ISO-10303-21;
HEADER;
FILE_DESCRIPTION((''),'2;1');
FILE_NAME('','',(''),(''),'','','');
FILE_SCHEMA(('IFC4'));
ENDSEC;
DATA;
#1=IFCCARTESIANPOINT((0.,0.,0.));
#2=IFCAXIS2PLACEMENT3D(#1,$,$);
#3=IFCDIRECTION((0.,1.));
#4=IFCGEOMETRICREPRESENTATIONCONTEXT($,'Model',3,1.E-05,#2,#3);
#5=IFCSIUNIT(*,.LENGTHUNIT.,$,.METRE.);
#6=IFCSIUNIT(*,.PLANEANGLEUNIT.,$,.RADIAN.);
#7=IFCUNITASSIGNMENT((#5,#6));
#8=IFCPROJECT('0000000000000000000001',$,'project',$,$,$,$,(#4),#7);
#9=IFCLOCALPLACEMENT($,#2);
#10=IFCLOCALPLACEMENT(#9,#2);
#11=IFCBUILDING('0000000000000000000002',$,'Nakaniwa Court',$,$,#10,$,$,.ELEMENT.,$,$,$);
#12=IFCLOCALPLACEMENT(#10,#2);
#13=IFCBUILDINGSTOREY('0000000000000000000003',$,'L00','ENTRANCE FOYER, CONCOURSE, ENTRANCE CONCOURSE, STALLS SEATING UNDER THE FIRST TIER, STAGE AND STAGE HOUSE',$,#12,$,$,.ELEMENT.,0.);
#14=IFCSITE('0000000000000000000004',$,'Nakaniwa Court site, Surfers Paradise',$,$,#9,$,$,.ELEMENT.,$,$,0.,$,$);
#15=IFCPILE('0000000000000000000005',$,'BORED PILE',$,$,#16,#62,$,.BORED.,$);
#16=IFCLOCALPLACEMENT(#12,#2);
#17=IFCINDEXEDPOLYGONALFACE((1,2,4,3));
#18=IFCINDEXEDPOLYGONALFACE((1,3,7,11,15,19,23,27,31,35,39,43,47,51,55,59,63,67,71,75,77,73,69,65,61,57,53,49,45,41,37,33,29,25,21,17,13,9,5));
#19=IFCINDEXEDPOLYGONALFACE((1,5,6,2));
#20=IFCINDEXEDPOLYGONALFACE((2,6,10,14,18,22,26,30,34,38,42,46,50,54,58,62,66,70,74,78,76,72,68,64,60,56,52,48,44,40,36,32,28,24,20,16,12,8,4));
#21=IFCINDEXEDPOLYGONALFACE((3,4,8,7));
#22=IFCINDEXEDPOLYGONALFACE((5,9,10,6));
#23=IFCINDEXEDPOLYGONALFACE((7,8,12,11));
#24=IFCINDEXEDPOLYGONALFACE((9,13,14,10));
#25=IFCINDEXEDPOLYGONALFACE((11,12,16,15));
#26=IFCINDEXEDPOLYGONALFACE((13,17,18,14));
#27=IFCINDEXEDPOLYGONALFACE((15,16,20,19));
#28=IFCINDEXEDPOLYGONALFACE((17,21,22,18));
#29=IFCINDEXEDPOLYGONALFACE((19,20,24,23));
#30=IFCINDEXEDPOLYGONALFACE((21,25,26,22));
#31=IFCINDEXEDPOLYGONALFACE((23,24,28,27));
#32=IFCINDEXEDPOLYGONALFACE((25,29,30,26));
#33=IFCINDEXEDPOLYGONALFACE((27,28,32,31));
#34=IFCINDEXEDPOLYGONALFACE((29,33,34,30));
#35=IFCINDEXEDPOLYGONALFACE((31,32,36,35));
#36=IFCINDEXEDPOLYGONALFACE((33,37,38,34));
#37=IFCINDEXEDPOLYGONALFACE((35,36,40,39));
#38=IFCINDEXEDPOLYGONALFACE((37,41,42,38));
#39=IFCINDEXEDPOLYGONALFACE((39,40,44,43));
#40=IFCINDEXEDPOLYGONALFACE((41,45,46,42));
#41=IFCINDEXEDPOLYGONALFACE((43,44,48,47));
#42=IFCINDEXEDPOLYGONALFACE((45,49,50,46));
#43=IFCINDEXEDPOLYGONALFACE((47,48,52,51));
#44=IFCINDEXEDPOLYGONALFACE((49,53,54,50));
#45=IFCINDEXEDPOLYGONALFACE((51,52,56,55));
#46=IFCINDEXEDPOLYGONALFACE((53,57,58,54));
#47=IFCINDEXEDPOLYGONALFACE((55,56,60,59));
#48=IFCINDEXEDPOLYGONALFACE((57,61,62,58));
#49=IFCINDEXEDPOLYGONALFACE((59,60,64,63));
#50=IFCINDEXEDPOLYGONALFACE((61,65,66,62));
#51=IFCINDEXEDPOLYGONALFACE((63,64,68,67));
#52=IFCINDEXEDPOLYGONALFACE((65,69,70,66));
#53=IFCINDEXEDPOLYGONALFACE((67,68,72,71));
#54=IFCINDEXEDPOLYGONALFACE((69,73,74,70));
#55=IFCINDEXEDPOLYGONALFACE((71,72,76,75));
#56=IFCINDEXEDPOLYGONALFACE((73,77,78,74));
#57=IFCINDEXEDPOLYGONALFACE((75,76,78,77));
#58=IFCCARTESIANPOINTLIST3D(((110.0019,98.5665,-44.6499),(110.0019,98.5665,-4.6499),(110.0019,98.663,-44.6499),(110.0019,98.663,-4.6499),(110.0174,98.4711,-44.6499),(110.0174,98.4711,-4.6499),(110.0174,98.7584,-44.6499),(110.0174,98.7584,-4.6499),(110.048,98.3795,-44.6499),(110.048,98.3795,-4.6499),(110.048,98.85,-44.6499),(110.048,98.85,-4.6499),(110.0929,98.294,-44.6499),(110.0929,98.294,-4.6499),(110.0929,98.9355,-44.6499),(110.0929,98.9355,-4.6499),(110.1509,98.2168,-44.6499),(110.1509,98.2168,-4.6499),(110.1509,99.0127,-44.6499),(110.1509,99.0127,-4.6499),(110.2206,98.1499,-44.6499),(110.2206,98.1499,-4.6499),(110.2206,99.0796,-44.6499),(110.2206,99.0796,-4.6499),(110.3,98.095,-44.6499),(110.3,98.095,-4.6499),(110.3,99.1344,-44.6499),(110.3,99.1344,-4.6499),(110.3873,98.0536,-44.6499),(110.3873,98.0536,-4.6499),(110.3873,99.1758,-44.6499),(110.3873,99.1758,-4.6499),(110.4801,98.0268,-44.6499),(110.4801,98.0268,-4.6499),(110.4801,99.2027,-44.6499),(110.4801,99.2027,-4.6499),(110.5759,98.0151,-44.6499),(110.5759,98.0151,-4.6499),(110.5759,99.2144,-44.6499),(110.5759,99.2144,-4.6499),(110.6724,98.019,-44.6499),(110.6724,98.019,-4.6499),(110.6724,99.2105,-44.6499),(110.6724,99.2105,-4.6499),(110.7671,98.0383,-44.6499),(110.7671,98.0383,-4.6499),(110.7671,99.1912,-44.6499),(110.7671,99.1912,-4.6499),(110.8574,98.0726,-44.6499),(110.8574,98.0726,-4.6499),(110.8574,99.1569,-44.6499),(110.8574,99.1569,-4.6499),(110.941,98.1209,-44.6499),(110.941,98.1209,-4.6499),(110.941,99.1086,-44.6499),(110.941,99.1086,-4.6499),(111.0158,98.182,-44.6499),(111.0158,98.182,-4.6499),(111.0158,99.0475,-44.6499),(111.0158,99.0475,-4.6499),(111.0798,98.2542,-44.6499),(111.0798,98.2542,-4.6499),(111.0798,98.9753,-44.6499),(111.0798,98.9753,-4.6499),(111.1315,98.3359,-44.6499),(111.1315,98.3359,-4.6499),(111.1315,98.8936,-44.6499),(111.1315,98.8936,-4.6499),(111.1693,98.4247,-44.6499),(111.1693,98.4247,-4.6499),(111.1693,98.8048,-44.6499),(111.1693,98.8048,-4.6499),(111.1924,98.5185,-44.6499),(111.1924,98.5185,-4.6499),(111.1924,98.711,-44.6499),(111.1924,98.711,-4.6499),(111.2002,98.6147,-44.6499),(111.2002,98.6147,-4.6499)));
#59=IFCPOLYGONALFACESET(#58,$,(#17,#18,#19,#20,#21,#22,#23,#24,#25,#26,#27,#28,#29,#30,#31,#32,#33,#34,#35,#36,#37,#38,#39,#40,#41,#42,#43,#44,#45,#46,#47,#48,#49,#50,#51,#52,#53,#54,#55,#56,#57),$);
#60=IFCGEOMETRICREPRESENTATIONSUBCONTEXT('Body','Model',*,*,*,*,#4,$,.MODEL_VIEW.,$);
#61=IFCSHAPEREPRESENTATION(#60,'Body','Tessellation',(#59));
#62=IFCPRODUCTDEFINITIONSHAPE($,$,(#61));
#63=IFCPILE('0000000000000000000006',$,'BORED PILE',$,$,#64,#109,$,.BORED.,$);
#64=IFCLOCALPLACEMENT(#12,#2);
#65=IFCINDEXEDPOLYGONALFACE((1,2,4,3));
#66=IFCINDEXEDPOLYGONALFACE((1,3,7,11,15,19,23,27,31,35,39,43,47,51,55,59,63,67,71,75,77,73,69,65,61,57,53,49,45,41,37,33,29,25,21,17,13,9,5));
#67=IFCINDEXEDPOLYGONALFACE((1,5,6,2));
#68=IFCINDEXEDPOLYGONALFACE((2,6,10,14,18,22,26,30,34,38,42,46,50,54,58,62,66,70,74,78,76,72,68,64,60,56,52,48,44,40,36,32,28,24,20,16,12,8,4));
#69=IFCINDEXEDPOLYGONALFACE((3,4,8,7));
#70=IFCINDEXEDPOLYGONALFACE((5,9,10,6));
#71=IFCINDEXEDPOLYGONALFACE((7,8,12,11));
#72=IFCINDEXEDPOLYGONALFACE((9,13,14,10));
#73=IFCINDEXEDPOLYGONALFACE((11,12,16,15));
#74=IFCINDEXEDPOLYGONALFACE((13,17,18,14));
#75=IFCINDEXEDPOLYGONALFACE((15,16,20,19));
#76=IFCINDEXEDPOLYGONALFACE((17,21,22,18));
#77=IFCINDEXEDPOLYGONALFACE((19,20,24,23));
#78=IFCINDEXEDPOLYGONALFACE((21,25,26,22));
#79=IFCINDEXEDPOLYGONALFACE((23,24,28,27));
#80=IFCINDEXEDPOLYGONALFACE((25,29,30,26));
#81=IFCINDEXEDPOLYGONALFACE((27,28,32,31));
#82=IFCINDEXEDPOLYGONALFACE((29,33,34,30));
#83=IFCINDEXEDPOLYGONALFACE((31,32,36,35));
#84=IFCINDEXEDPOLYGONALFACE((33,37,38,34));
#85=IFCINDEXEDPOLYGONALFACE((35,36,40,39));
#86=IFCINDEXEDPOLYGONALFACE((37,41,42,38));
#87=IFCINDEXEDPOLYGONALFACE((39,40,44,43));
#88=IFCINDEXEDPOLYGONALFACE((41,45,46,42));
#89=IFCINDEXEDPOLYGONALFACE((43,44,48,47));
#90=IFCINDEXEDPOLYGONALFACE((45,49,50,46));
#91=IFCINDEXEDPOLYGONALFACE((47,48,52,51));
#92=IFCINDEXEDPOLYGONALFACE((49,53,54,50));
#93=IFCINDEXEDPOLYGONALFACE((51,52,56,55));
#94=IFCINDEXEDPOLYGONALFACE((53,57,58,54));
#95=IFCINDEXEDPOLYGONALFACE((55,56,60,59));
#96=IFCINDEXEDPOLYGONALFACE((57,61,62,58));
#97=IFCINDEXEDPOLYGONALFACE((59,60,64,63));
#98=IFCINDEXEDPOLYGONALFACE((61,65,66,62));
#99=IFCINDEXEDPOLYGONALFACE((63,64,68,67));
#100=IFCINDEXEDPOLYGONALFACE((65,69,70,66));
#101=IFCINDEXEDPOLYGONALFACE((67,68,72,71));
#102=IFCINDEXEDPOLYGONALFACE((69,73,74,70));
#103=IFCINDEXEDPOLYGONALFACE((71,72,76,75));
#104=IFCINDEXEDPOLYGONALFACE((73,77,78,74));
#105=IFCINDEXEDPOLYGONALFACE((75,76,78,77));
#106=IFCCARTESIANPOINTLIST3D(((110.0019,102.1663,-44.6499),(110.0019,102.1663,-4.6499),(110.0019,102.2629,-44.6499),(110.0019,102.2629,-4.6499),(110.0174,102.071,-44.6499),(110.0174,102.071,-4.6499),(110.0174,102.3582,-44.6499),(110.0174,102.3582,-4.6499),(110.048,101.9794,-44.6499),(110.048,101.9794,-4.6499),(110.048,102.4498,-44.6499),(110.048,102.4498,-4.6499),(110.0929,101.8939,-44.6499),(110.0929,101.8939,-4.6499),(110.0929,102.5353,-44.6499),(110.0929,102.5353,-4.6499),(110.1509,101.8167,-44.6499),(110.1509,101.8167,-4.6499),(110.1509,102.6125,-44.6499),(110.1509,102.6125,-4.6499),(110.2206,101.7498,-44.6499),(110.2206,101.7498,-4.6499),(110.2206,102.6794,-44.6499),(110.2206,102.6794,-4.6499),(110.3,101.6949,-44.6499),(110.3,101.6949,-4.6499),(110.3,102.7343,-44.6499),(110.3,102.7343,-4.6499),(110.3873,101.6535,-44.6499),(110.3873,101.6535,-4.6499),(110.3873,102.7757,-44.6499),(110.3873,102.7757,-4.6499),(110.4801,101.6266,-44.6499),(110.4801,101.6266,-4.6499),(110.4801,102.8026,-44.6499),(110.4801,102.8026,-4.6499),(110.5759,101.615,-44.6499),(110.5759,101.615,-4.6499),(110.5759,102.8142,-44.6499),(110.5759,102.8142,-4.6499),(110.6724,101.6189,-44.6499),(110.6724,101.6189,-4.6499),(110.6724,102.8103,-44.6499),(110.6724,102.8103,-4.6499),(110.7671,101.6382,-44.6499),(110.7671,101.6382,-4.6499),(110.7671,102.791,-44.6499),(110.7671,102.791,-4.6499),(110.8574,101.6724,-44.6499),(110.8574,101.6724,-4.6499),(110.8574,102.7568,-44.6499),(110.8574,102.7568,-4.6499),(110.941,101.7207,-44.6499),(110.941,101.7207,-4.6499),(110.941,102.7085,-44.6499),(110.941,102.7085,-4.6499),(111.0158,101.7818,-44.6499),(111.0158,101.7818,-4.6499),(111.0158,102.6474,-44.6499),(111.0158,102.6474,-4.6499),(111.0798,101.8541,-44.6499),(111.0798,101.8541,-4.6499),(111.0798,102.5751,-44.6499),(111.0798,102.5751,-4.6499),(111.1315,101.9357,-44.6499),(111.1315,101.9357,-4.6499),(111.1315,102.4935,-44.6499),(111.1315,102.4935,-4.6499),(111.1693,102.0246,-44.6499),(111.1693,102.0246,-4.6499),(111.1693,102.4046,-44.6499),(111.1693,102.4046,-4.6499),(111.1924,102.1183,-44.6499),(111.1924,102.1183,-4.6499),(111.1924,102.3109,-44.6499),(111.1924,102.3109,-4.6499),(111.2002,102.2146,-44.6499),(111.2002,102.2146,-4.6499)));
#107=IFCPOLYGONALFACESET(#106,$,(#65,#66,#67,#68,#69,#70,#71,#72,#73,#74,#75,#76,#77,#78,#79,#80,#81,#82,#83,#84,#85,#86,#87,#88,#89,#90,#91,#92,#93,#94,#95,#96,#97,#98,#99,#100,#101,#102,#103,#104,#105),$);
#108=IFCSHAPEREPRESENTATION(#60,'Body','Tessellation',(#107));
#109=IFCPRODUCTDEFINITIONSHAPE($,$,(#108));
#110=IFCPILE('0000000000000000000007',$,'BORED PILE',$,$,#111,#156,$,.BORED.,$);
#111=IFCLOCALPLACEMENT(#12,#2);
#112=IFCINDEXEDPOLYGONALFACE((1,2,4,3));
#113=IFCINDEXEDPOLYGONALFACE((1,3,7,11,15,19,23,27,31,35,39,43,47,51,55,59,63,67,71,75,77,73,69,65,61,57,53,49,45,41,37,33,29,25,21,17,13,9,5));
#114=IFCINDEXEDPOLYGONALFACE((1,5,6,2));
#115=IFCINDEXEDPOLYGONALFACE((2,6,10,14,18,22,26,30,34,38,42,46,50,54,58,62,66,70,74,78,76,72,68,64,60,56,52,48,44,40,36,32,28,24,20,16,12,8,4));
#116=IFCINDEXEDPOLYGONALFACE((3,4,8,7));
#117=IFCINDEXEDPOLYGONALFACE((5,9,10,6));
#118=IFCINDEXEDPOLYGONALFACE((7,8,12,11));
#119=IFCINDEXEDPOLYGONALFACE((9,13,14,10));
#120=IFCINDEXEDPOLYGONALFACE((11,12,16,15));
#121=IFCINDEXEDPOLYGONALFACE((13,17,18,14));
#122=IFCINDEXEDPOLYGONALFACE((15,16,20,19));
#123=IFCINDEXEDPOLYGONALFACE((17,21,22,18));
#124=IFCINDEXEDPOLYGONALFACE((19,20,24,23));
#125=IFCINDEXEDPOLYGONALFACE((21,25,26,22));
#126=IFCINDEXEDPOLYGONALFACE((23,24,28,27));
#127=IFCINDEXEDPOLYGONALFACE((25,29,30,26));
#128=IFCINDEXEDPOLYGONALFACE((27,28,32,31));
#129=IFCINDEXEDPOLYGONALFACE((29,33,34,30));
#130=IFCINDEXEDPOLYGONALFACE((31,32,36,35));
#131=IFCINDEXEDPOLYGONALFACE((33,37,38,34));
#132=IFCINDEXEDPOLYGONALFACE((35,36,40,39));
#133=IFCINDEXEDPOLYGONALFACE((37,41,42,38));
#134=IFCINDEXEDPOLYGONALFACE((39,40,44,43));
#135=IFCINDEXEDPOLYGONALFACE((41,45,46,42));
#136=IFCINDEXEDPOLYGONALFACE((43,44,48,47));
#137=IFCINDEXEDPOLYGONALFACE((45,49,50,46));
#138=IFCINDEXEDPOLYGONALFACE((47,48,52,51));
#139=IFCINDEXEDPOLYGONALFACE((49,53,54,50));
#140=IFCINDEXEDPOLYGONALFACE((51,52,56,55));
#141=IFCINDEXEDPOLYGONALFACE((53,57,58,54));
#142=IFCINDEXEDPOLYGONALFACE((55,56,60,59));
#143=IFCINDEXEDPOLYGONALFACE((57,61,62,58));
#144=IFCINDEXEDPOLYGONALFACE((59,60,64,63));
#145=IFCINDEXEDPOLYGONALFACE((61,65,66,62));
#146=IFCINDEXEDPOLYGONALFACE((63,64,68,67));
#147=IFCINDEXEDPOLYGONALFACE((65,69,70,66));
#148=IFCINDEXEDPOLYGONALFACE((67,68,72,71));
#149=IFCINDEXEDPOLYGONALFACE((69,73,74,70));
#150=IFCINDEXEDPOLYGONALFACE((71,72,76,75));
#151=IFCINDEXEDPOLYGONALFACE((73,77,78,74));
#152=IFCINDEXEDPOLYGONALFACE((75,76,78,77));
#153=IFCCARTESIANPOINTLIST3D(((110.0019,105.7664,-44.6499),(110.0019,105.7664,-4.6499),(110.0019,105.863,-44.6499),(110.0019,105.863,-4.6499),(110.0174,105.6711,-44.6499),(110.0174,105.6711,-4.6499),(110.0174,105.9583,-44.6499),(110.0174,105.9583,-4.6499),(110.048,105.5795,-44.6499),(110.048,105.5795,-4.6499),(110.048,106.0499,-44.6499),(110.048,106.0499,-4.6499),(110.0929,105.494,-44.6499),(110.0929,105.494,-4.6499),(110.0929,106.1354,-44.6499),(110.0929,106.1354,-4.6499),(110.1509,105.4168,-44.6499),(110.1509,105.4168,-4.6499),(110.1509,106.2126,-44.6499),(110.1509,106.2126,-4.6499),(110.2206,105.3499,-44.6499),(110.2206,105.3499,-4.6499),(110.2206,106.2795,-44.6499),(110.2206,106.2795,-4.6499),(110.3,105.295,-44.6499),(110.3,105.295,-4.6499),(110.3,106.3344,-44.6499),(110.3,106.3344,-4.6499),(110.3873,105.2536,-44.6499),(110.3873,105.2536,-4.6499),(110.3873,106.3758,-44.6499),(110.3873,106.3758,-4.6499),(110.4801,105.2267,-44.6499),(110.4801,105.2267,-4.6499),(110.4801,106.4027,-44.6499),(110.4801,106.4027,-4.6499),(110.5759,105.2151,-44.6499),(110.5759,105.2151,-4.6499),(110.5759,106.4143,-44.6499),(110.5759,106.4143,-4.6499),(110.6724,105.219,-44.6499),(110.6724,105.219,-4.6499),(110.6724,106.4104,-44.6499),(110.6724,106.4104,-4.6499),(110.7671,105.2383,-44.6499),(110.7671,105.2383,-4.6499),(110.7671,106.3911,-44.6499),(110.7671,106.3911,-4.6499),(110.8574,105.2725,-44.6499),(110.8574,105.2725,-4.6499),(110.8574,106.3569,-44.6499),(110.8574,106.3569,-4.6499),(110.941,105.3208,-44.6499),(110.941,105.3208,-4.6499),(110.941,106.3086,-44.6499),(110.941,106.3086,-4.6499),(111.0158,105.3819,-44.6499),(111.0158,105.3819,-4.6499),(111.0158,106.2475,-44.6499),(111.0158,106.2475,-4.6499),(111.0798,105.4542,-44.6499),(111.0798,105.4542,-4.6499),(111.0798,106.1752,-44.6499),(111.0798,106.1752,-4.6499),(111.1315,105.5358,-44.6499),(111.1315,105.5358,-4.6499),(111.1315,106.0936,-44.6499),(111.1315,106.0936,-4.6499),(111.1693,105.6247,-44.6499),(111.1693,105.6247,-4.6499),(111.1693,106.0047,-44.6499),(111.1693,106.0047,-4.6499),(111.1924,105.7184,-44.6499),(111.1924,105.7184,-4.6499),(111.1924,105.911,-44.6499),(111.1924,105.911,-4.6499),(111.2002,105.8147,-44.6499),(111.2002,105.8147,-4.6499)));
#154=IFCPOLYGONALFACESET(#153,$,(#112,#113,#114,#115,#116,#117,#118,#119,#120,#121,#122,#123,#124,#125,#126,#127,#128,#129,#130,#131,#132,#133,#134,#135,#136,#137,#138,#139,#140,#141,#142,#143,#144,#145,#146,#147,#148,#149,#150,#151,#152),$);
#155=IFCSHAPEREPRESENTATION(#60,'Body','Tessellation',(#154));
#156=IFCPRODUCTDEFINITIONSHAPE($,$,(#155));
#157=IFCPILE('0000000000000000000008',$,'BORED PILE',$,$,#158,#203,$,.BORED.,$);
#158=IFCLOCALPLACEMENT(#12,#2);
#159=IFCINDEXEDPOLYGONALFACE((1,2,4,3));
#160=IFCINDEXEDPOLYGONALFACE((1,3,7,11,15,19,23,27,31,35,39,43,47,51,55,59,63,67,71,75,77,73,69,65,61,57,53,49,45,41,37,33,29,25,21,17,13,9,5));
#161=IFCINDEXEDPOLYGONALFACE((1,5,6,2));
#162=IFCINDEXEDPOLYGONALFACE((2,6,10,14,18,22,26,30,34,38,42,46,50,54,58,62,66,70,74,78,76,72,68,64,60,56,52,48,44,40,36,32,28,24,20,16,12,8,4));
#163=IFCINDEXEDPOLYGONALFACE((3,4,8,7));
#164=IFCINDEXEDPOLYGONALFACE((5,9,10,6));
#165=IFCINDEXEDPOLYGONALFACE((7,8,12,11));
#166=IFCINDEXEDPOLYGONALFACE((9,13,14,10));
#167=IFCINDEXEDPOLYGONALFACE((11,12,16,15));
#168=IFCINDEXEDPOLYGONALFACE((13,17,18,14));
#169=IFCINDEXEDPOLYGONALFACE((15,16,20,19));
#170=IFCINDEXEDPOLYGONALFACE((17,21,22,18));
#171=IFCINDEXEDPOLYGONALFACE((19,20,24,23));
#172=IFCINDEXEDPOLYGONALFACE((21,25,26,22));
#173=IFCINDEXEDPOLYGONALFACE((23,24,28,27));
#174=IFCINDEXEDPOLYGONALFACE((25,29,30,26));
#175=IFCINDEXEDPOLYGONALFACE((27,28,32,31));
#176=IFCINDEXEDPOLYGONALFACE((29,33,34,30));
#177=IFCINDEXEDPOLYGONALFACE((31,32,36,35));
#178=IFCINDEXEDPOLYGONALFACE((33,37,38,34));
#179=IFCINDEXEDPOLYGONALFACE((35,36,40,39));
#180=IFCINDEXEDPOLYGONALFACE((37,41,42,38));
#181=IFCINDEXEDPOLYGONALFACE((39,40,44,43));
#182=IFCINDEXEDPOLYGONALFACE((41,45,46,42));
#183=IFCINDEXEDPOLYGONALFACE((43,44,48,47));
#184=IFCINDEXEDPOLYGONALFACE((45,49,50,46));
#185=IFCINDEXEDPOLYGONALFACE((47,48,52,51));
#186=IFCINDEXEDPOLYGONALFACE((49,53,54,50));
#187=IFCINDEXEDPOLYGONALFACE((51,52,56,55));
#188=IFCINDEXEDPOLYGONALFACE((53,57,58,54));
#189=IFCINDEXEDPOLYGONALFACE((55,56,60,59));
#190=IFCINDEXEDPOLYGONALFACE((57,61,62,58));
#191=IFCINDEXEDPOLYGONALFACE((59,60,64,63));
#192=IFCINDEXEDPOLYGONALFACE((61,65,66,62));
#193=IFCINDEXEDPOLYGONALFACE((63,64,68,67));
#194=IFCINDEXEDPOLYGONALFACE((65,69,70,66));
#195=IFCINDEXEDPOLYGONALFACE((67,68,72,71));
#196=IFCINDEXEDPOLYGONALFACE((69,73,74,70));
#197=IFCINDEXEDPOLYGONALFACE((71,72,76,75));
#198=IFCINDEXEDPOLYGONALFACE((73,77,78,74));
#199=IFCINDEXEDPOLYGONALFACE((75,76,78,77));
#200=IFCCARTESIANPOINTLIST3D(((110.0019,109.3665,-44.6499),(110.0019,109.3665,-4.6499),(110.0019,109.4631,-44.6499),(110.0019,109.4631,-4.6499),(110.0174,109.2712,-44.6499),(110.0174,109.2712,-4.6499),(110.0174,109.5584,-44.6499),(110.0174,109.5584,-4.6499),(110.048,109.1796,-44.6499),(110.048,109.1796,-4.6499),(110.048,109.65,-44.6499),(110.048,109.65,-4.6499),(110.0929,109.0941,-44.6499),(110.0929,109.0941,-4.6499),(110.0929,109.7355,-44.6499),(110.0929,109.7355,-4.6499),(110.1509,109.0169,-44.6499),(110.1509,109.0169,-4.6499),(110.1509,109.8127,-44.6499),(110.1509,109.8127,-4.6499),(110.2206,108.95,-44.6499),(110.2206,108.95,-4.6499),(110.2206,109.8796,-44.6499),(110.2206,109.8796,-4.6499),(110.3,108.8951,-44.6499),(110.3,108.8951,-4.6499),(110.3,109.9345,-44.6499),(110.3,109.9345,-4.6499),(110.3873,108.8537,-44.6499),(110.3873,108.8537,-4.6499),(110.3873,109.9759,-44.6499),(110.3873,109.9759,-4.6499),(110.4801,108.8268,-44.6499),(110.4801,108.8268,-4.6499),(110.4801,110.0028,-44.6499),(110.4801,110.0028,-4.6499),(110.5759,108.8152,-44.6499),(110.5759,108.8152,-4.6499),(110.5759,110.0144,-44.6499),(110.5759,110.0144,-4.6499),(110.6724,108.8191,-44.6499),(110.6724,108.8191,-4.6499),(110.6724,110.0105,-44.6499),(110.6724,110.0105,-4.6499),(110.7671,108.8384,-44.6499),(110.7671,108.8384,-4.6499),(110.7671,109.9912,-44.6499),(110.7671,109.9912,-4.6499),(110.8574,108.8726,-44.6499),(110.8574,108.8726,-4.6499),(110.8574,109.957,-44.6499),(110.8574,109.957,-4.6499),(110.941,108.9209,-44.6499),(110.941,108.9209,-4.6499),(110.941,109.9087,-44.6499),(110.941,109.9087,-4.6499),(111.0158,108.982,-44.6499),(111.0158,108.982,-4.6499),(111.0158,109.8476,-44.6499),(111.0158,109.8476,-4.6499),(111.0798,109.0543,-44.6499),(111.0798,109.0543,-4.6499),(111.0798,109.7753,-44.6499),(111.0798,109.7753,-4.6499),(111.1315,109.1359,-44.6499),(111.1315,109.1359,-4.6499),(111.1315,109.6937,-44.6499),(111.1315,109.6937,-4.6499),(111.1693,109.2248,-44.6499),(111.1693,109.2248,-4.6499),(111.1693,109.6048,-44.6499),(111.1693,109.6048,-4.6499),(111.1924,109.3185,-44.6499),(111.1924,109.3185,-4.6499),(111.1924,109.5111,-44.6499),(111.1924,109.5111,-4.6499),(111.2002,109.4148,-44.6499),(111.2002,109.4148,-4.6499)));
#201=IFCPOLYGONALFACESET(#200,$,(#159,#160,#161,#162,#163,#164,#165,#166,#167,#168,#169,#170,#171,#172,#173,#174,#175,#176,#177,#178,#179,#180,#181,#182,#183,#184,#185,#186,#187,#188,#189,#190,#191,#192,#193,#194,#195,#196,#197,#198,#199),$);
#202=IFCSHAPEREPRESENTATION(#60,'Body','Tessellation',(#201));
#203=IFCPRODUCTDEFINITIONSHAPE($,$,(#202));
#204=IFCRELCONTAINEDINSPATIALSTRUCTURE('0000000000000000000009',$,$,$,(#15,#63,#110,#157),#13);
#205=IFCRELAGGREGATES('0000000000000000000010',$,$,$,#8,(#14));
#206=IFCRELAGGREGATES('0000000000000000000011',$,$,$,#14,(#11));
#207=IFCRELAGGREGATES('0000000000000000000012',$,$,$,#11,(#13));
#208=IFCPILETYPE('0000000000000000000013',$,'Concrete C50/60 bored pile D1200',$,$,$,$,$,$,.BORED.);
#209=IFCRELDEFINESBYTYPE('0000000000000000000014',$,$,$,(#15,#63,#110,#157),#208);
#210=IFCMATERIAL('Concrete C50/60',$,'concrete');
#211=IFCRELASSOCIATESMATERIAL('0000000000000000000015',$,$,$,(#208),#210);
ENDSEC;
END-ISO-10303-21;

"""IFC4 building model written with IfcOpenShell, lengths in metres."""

from ifc_helpers import new_model, si_unit, direction, frame, origin, origin_2d, place, context, subcontext, project, spatial, circle, extrude, material, material_profile, profile_set, type_object, element, save


model = new_model("IFC4")

# Units and contexts
model_context = context("Model", 3, precision=1e-05, world=origin(), true_north=direction((0.0, 1.0)))
body_context = subcontext(model_context, "Body", "Model", "MODEL_VIEW")
ifc_project = project(units=[si_unit("LENGTHUNIT", "METRE"), si_unit("PLANEANGLEUNIT", "RADIAN")], contexts=[model_context])

# Site, building, storey
site_placement = place(None, origin())
site = spatial("IfcSite", under=ifc_project, at=site_placement, Name="Nakaniwa Court site, Surfers Paradise", CompositionType="ELEMENT", RefElevation=0.0)
building_placement = place(site_placement, origin())
building = spatial("IfcBuilding", under=site, at=building_placement, Name="Nakaniwa Court", CompositionType="ELEMENT")
storey_placement = place(building_placement, origin())
storey = spatial("IfcBuildingStorey", under=building, at=storey_placement, Name="L00", Description="ENTRANCE FOYER, CONCOURSE, ENTRANCE CONCOURSE, STALLS SEATING UNDER THE FIRST TIER, STAGE AND STAGE HOUSE", CompositionType="ELEMENT", Elevation=0.0)

# Piles
ifc_material_1 = material(Name="Concrete C50/60", Category="concrete")
ifc_material_profile_1 = material_profile(ifc_material_1, circle(Radius=0.6001, at=origin_2d()), Name="Concrete C50/60 bored pile D1200")
ifc_profile_set_1 = profile_set([ifc_material_profile_1], Name="Concrete C50/60")
pile_type = type_object("IfcPileType", Name="Concrete C50/60 bored pile D1200", PredefinedType="BORED", material=ifc_profile_set_1)
for number, where, z_axis, x_axis, name in (
    (1, (110.6001, 98.6147, -4.6499), (0.0, 0.0, -1.0), (1.0, 0.0, 0.0), "BORED PILE"),
    (2, (110.6001, 102.2146, -4.6499), (0.0, 0.0, -1.0), (1.0, 0.0, 0.0), "BORED PILE"),
    (3, (110.6001, 105.8147, -4.6499), (0.0, 0.0, -1.0), (1.0, 0.0, 0.0), "BORED PILE"),
    (4, (110.6001, 109.4148, -4.6499), (0.0, 0.0, -1.0), (1.0, 0.0, 0.0), "BORED PILE"),
):
    element("IfcPile", number, at=place(storey_placement, frame(where, z_axis=z_axis, x_axis=x_axis)), inside=storey, type_object=pile_type, Name=name, PredefinedType="BORED", context=body_context, shape_type="SweptSolid", body=[
        extrude(circle(Radius=0.6001, at=origin_2d()), origin(), (0.0, 0.0, 1.0), 40.0),
    ])

save(model, "model.ifc")
